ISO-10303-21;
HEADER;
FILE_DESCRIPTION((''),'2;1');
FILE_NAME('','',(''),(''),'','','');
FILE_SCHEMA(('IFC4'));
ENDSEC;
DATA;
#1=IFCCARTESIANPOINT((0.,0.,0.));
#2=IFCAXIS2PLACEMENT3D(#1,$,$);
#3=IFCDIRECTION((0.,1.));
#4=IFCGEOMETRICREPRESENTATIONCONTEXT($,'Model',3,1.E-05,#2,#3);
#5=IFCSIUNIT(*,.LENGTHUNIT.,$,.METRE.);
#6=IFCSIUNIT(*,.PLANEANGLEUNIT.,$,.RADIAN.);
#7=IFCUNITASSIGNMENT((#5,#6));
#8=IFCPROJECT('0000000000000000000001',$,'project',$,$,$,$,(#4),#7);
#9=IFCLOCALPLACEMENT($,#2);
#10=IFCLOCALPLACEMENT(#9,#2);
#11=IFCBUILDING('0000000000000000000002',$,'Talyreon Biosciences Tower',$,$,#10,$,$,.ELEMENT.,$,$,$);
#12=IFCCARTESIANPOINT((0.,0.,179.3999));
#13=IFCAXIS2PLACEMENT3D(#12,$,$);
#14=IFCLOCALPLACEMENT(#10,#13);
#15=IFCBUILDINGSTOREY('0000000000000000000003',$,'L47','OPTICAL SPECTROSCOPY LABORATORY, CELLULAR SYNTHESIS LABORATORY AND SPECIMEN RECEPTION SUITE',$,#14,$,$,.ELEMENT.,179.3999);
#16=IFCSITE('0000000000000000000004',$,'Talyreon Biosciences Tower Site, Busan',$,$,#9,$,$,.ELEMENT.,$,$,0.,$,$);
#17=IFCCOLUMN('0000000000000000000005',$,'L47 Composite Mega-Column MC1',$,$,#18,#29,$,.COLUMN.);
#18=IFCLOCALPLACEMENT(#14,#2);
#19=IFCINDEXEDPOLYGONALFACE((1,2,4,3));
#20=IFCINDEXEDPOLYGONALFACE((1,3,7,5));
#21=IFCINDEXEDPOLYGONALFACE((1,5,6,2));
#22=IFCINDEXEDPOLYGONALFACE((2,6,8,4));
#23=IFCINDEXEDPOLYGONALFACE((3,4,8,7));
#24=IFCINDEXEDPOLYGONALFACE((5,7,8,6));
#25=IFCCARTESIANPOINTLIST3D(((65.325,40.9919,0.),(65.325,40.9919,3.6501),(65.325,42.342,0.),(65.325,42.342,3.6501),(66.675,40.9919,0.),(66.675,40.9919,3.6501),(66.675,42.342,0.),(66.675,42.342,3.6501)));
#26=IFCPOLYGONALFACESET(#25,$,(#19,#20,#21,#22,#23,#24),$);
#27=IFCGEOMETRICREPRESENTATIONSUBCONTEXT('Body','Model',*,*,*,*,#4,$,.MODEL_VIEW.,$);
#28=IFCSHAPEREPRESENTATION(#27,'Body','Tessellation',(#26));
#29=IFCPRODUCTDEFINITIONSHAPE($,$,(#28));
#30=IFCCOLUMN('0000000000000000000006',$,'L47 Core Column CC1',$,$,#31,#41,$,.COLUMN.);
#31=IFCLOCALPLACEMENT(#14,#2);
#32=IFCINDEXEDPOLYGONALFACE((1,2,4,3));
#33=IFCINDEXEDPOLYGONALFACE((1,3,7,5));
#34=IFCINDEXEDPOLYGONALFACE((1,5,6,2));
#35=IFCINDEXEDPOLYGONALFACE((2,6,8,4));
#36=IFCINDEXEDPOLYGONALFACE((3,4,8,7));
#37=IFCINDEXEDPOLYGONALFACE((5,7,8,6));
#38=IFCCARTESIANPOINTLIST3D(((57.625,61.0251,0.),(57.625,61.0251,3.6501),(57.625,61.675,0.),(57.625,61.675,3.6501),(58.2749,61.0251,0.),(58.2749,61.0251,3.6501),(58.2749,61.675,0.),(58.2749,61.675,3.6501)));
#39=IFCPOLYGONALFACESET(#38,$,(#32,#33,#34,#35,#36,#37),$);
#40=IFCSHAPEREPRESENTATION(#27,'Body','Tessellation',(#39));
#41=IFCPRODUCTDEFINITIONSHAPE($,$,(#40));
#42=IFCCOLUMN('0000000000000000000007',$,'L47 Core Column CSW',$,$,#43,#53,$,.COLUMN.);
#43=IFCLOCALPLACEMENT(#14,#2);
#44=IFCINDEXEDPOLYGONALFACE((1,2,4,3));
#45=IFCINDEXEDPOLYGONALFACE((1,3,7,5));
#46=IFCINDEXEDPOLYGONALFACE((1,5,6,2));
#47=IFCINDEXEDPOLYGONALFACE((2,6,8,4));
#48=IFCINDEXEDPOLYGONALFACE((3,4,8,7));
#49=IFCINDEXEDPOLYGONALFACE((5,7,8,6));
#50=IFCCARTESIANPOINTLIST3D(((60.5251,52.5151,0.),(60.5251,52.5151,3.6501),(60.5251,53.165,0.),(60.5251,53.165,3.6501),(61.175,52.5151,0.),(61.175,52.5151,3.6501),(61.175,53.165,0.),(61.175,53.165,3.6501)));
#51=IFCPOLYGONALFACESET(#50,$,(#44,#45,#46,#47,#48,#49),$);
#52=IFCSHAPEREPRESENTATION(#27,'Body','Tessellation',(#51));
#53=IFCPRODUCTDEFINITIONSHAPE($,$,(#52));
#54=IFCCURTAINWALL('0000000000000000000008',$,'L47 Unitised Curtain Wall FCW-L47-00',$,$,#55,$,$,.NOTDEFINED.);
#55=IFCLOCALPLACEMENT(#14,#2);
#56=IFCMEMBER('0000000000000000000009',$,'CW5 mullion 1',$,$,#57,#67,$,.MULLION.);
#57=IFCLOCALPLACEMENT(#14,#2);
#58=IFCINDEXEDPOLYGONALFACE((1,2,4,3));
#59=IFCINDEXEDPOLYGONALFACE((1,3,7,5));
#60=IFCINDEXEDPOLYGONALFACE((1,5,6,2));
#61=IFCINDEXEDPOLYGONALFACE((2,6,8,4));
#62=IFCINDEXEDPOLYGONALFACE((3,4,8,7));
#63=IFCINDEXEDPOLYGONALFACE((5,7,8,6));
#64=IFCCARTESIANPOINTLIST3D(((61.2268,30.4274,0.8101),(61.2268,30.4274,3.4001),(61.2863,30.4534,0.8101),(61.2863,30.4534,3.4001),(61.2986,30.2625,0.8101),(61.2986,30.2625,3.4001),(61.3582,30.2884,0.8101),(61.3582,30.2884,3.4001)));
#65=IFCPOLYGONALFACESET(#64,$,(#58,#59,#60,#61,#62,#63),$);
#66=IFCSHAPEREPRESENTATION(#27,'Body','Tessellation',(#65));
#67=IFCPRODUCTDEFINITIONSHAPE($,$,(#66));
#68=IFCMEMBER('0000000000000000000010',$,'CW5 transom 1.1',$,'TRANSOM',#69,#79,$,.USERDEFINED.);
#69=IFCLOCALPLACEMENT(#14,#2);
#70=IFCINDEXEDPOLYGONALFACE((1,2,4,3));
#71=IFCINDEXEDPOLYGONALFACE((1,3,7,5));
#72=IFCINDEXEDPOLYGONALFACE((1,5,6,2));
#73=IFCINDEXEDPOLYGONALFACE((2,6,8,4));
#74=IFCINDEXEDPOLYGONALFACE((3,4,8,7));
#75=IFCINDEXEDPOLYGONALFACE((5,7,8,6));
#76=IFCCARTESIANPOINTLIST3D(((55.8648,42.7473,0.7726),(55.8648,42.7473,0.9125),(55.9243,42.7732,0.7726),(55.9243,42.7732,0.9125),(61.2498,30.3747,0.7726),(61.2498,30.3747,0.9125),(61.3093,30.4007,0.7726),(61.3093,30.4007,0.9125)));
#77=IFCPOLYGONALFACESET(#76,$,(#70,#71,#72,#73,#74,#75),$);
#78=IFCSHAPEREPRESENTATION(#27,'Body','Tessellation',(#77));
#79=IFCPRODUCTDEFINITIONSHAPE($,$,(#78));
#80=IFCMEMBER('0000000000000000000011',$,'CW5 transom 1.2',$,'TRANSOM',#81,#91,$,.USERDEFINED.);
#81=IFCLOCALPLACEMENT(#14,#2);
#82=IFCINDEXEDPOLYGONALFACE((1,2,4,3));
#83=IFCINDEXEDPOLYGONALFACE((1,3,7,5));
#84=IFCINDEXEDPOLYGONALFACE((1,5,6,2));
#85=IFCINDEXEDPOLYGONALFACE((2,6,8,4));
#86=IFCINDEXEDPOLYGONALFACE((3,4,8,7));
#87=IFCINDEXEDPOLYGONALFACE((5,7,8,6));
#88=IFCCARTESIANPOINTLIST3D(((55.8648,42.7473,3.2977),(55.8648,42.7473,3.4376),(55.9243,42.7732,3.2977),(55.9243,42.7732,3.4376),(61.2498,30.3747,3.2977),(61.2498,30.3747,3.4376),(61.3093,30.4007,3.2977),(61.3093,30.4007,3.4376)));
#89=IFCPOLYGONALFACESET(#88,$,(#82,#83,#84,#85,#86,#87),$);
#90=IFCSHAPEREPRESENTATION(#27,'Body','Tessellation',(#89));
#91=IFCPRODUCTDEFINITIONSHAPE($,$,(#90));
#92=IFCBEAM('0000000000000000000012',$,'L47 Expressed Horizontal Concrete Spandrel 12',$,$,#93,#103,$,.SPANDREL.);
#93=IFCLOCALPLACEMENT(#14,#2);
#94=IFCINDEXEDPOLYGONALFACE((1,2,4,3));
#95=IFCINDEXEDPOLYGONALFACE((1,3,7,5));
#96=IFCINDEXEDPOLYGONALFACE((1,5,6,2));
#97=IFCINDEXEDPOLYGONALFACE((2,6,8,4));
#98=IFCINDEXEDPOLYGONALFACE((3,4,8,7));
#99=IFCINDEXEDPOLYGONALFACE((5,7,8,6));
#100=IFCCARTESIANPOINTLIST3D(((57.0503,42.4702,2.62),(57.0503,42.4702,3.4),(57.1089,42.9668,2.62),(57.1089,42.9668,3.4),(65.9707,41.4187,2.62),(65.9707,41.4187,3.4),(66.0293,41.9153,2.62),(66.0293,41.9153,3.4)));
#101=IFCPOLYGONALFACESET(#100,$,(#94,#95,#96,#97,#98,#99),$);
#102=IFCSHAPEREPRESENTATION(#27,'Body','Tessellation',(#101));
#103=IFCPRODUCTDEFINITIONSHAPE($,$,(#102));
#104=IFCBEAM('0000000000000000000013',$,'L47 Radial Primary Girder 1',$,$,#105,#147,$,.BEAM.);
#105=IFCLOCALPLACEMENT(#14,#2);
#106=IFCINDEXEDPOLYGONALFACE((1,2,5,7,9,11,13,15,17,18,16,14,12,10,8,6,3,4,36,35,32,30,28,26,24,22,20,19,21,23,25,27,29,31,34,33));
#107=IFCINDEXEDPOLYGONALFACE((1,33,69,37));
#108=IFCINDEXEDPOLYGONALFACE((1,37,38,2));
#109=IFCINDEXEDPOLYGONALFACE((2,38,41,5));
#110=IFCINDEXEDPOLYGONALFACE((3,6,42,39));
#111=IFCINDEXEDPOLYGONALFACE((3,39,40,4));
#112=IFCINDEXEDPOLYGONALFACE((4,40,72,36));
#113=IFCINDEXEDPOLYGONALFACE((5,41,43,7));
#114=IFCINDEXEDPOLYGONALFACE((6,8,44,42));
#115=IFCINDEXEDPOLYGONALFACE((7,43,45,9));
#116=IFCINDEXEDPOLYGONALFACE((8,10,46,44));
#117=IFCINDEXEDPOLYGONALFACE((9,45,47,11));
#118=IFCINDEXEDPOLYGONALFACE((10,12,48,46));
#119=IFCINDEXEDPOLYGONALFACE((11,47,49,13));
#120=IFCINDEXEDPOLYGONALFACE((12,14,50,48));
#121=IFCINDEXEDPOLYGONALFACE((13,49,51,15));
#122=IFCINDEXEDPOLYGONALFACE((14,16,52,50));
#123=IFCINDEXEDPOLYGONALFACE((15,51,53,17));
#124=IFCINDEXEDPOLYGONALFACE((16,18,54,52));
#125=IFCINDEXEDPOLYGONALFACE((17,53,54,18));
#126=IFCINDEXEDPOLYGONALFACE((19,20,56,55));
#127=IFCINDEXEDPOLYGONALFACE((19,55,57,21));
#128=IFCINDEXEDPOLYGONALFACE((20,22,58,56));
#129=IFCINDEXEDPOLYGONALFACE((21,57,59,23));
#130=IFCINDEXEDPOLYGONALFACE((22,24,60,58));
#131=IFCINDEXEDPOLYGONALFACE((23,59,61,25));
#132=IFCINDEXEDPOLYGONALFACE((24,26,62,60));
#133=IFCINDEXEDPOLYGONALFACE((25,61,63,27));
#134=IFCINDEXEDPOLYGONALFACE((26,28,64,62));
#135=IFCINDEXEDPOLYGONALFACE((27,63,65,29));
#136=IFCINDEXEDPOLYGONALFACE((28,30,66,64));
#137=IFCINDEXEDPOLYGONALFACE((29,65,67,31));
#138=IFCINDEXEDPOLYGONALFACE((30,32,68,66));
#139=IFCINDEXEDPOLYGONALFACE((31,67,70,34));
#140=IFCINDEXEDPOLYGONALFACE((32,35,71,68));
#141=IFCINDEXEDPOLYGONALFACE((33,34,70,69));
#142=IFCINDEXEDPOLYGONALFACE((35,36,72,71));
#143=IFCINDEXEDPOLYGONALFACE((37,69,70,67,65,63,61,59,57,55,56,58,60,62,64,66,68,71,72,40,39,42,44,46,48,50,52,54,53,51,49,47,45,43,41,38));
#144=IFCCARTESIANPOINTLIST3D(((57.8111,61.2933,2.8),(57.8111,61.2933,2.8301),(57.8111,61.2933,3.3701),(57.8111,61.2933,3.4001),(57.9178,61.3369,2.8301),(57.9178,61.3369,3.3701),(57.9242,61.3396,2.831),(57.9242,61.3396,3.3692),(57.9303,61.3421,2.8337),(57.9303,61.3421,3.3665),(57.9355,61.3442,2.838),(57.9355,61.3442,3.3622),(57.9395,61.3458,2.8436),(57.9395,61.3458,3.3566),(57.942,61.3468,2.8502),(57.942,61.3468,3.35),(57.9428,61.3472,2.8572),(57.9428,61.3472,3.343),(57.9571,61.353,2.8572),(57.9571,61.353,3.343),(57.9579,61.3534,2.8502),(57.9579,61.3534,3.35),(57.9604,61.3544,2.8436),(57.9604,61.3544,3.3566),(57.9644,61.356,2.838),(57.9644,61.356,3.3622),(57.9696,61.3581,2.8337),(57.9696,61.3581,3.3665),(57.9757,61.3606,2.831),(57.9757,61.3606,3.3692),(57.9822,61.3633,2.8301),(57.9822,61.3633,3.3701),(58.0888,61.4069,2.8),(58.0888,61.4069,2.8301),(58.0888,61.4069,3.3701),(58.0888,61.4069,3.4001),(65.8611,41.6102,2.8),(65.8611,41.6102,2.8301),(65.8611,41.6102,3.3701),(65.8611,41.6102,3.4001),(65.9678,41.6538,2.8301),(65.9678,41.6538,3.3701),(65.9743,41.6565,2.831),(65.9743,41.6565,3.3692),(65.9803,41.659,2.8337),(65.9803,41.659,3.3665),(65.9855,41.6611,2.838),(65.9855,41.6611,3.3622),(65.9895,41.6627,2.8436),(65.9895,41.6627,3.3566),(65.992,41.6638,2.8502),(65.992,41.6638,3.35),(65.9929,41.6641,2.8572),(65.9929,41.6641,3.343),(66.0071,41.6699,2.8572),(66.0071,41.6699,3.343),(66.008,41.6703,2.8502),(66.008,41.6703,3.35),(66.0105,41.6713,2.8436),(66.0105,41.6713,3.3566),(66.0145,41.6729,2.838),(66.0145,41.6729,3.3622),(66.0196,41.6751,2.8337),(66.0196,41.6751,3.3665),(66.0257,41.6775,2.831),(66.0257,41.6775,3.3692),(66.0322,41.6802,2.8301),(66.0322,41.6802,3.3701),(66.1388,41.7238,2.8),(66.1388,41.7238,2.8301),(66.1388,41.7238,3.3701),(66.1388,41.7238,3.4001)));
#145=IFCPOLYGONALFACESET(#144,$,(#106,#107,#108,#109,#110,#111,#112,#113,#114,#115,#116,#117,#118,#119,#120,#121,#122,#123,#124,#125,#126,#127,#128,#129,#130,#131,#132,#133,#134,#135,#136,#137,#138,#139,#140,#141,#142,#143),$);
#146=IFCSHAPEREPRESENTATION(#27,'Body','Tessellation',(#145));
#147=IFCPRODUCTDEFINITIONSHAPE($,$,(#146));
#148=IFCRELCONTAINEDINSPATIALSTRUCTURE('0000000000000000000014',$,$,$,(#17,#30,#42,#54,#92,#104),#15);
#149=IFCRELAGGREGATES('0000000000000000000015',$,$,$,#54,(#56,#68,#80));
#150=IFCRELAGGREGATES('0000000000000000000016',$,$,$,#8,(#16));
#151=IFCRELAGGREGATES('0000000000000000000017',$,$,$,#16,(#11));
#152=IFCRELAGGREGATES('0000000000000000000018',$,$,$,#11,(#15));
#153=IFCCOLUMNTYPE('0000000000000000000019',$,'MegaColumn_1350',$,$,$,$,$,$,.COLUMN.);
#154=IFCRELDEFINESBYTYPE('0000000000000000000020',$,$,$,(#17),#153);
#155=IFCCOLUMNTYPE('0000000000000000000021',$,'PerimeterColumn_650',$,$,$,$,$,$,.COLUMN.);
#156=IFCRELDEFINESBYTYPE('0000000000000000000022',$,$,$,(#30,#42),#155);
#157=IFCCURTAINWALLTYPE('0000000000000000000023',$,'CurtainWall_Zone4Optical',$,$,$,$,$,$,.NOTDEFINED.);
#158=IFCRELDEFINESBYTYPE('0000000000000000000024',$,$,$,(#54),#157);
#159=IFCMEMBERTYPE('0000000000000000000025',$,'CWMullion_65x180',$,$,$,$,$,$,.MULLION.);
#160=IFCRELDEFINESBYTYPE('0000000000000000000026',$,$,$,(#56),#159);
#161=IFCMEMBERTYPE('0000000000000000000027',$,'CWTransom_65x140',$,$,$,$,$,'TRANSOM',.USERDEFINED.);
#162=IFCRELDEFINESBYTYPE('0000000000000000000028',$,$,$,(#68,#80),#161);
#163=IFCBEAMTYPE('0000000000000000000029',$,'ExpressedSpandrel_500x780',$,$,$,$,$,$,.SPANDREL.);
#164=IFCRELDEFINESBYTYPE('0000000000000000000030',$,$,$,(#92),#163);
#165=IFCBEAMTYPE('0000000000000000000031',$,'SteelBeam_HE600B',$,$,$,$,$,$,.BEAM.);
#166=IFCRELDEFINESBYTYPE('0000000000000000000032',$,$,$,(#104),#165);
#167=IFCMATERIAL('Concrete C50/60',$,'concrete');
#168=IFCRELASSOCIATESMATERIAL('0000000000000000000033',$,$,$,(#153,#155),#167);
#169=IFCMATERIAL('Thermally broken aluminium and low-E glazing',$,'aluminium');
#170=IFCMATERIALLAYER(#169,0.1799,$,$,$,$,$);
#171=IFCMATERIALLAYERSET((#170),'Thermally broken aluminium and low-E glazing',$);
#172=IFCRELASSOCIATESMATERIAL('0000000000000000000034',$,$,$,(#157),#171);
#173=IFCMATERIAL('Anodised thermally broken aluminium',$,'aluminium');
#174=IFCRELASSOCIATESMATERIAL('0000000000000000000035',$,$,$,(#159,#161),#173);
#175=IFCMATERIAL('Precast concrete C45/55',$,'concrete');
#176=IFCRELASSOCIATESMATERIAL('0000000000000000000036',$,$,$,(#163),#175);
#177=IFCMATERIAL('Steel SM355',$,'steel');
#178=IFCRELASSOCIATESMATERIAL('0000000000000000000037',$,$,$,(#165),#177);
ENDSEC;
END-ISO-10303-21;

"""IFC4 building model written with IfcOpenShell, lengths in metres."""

from ifc_helpers import new_model, si_unit, direction, frame, origin, origin_2d, place, context, subcontext, project, spatial, rectangle, i_section, extrude, material, layer, layer_set, material_profile, profile_set, type_object, element, aggregate, save


model = new_model("IFC4")

# Units and contexts
model_context = context("Model", 3, precision=1e-05, world=origin(), true_north=direction((0.0, 1.0)))
body_context = subcontext(model_context, "Body", "Model", "MODEL_VIEW")
ifc_project = project(units=[si_unit("LENGTHUNIT", "METRE"), si_unit("PLANEANGLEUNIT", "RADIAN")], contexts=[model_context])

# Site, building, storey
site_placement = place(None, origin())
site = spatial("IfcSite", under=ifc_project, at=site_placement, Name="Talyreon Biosciences Tower Site, Busan", CompositionType="ELEMENT", RefElevation=0.0)
building_placement = place(site_placement, origin())
building = spatial("IfcBuilding", under=site, at=building_placement, Name="Talyreon Biosciences Tower", CompositionType="ELEMENT")
storey_placement = place(building_placement, frame((0.0, 0.0, 179.3999)))
storey = spatial("IfcBuildingStorey", under=building, at=storey_placement, Name="L47", Description="OPTICAL SPECTROSCOPY LABORATORY, CELLULAR SYNTHESIS LABORATORY AND SPECIMEN RECEPTION SUITE", CompositionType="ELEMENT", Elevation=179.3999)

# Columns
ifc_material_1 = material(Name="Concrete C50/60", Category="concrete")
ifc_material_profile_1 = material_profile(ifc_material_1, rectangle(XDim=1.3501, YDim=1.3501, at=origin_2d()), Name="RC 1350x1350")
ifc_profile_set_1 = profile_set([ifc_material_profile_1], Name="Concrete C50/60")
column_type_1 = type_object("IfcColumnType", Name="MegaColumn_1350", PredefinedType="COLUMN", material=ifc_profile_set_1)
column_placement = place(storey_placement, frame((66.0, 41.667, 0.0), z_axis=(0.0, 0.0, 1.0), x_axis=(1.0, 0.0, 0.0)))
element("IfcColumn", 1, at=column_placement, inside=storey, type_object=column_type_1, Name="L47 Composite Mega-Column MC1", PredefinedType="COLUMN", context=body_context, shape_type="SweptSolid", body=[
    extrude(rectangle(XDim=1.3501, YDim=1.3501, at=origin_2d()), origin(), (0.0, 0.0, 1.0), 3.6501),
])
ifc_material_profile_2 = material_profile(ifc_material_1, rectangle(XDim=0.6499, YDim=0.6499, at=origin_2d()), Name="RC 650x650")
ifc_profile_set_2 = profile_set([ifc_material_profile_2], Name="Concrete C50/60")
column_type_2 = type_object("IfcColumnType", Name="PerimeterColumn_650", PredefinedType="COLUMN", material=ifc_profile_set_2)
for number, where, z_axis, x_axis, name in (
    (2, (57.95, 61.3501, 0.0), (0.0, 0.0, 1.0), (1.0, 0.0, 0.0), "L47 Core Column CC1"),
    (3, (60.8501, 52.8401, 0.0), (0.0, 0.0, 1.0), (1.0, 0.0, 0.0), "L47 Core Column CSW"),
):
    element("IfcColumn", number, at=place(storey_placement, frame(where, z_axis=z_axis, x_axis=x_axis)), inside=storey, type_object=column_type_2, Name=name, PredefinedType="COLUMN", context=body_context, shape_type="SweptSolid", body=[
        extrude(rectangle(XDim=0.6499, YDim=0.6499, at=origin_2d()), origin(), (0.0, 0.0, 1.0), 3.6501),
    ])

# Curtain wall, members
ifc_material_2 = material(Name="Thermally broken aluminium and low-E glazing", Category="aluminium")
ifc_layer_1 = layer(ifc_material_2, 0.1799)
ifc_layer_set_1 = layer_set([ifc_layer_1], Name="Thermally broken aluminium and low-E glazing")
curtain_wall_type = type_object("IfcCurtainWallType", Name="CurtainWall_Zone4Optical", PredefinedType="NOTDEFINED", material=ifc_layer_set_1)
curtain_wall_placement = place(storey_placement, origin())
curtain_wall = element("IfcCurtainWall", 4, at=curtain_wall_placement, inside=storey, type_object=curtain_wall_type, Name="L47 Unitised Curtain Wall FCW-L47-00", PredefinedType="NOTDEFINED")
ifc_material_3 = material(Name="Anodised thermally broken aluminium", Category="aluminium")
ifc_material_profile_3 = material_profile(ifc_material_3, rectangle(XDim=0.0649, YDim=0.1799, at=origin_2d()), Name="ALUM MULLION 65x180")
ifc_profile_set_3 = profile_set([ifc_material_profile_3], Name="Anodised thermally broken aluminium")
member_type_1 = type_object("IfcMemberType", Name="CWMullion_65x180", PredefinedType="MULLION", material=ifc_profile_set_3)
member_1_placement = place(storey_placement, frame((61.2925, 30.3579, 0.8101), z_axis=(0.0, 0.0, 1.0), x_axis=(-0.916912, -0.399089, 0.0)))
member_1 = element("IfcMember", 5, at=member_1_placement, type_object=member_type_1, Name="CW5 mullion 1", PredefinedType="MULLION", context=body_context, shape_type="SweptSolid", body=[
    extrude(rectangle(XDim=0.0649, YDim=0.1799, at=origin_2d()), origin(), (0.0, 0.0, 1.0), 2.5901),
])
ifc_material_profile_4 = material_profile(ifc_material_3, rectangle(XDim=0.0649, YDim=0.1399, at=origin_2d()), Name="ALUM TRANSOM 65x140")
ifc_profile_set_4 = profile_set([ifc_material_profile_4], Name="Anodised thermally broken aluminium")
member_type_2 = type_object("IfcMemberType", Name="CWTransom_65x140", ElementType="TRANSOM", PredefinedType="USERDEFINED", material=ifc_profile_set_4)
member_2_placement = place(storey_placement, frame((61.2795, 30.3877, 0.8425), z_axis=(-0.399077, 0.916917, 0.0), x_axis=(-0.916917, -0.399077, 0.0)))
member_2 = element("IfcMember", 6, at=member_2_placement, type_object=member_type_2, Name="CW5 transom 1.1", ObjectType="TRANSOM", PredefinedType="USERDEFINED", context=body_context, shape_type="SweptSolid", body=[
    extrude(rectangle(XDim=0.0649, YDim=0.1399, at=origin_2d()), origin(), (0.0, 0.0, 1.0), 13.4937),
])
member_3_placement = place(storey_placement, frame((61.2795, 30.3877, 3.3677), z_axis=(-0.399077, 0.916917, 0.0), x_axis=(-0.916917, -0.399077, 0.0)))
member_3 = element("IfcMember", 7, at=member_3_placement, type_object=member_type_2, Name="CW5 transom 1.2", ObjectType="TRANSOM", PredefinedType="USERDEFINED", context=body_context, shape_type="SweptSolid", body=[
    extrude(rectangle(XDim=0.0649, YDim=0.1399, at=origin_2d()), origin(), (0.0, 0.0, 1.0), 13.4937),
])

# Beams
ifc_material_4 = material(Name="Precast concrete C45/55", Category="concrete")
ifc_material_profile_5 = material_profile(ifc_material_4, rectangle(XDim=0.5, YDim=0.78, at=origin_2d()), Name="RCB 500x780")
ifc_profile_set_5 = profile_set([ifc_material_profile_5], Name="Precast concrete C45/55")
beam_type_1 = type_object("IfcBeamType", Name="ExpressedSpandrel_500x780", PredefinedType="SPANDREL", material=ifc_profile_set_5)
beam_1_placement = place(storey_placement, frame((57.0796, 42.7185, 3.01), z_axis=(0.993124, -0.117067, 0.0), x_axis=(0.117067, 0.993124, 0.0)))
element("IfcBeam", 8, at=beam_1_placement, inside=storey, type_object=beam_type_1, Name="L47 Expressed Horizontal Concrete Spandrel 12", PredefinedType="SPANDREL", context=body_context, shape_type="SweptSolid", body=[
    extrude(rectangle(XDim=0.5, YDim=0.78, at=origin_2d()), origin(), (0.0, 0.0, 1.0), 8.9822),
])
ifc_material_5 = material(Name="Steel SM355", Category="steel")
ifc_material_profile_6 = material_profile(ifc_material_5, i_section(OverallWidth=0.3, OverallDepth=0.6001, WebThickness=0.0154, FlangeThickness=0.03, FilletRadius=0.0271, at=origin_2d()), Name="HE600B")
ifc_profile_set_6 = profile_set([ifc_material_profile_6], Name="Steel SM355")
beam_type_2 = type_object("IfcBeamType", Name="SteelBeam_HE600B", PredefinedType="BEAM", material=ifc_profile_set_6)
beam_2_placement = place(storey_placement, frame((57.95, 61.3501, 3.1001), z_axis=(0.378547, -0.925582, 0.0), x_axis=(0.925582, 0.378547, 0.0)))
element("IfcBeam", 9, at=beam_2_placement, inside=storey, type_object=beam_type_2, Name="L47 Radial Primary Girder 1", PredefinedType="BEAM", context=body_context, shape_type="SweptSolid", body=[
    extrude(i_section(OverallWidth=0.3, OverallDepth=0.6001, WebThickness=0.0154, FlangeThickness=0.03, FilletRadius=0.0271, at=origin_2d()), origin(), (0.0, 0.0, 1.0), 21.2656),
])

aggregate(curtain_wall, [member_1, member_2, member_3])

save(model, "model.ifc")
